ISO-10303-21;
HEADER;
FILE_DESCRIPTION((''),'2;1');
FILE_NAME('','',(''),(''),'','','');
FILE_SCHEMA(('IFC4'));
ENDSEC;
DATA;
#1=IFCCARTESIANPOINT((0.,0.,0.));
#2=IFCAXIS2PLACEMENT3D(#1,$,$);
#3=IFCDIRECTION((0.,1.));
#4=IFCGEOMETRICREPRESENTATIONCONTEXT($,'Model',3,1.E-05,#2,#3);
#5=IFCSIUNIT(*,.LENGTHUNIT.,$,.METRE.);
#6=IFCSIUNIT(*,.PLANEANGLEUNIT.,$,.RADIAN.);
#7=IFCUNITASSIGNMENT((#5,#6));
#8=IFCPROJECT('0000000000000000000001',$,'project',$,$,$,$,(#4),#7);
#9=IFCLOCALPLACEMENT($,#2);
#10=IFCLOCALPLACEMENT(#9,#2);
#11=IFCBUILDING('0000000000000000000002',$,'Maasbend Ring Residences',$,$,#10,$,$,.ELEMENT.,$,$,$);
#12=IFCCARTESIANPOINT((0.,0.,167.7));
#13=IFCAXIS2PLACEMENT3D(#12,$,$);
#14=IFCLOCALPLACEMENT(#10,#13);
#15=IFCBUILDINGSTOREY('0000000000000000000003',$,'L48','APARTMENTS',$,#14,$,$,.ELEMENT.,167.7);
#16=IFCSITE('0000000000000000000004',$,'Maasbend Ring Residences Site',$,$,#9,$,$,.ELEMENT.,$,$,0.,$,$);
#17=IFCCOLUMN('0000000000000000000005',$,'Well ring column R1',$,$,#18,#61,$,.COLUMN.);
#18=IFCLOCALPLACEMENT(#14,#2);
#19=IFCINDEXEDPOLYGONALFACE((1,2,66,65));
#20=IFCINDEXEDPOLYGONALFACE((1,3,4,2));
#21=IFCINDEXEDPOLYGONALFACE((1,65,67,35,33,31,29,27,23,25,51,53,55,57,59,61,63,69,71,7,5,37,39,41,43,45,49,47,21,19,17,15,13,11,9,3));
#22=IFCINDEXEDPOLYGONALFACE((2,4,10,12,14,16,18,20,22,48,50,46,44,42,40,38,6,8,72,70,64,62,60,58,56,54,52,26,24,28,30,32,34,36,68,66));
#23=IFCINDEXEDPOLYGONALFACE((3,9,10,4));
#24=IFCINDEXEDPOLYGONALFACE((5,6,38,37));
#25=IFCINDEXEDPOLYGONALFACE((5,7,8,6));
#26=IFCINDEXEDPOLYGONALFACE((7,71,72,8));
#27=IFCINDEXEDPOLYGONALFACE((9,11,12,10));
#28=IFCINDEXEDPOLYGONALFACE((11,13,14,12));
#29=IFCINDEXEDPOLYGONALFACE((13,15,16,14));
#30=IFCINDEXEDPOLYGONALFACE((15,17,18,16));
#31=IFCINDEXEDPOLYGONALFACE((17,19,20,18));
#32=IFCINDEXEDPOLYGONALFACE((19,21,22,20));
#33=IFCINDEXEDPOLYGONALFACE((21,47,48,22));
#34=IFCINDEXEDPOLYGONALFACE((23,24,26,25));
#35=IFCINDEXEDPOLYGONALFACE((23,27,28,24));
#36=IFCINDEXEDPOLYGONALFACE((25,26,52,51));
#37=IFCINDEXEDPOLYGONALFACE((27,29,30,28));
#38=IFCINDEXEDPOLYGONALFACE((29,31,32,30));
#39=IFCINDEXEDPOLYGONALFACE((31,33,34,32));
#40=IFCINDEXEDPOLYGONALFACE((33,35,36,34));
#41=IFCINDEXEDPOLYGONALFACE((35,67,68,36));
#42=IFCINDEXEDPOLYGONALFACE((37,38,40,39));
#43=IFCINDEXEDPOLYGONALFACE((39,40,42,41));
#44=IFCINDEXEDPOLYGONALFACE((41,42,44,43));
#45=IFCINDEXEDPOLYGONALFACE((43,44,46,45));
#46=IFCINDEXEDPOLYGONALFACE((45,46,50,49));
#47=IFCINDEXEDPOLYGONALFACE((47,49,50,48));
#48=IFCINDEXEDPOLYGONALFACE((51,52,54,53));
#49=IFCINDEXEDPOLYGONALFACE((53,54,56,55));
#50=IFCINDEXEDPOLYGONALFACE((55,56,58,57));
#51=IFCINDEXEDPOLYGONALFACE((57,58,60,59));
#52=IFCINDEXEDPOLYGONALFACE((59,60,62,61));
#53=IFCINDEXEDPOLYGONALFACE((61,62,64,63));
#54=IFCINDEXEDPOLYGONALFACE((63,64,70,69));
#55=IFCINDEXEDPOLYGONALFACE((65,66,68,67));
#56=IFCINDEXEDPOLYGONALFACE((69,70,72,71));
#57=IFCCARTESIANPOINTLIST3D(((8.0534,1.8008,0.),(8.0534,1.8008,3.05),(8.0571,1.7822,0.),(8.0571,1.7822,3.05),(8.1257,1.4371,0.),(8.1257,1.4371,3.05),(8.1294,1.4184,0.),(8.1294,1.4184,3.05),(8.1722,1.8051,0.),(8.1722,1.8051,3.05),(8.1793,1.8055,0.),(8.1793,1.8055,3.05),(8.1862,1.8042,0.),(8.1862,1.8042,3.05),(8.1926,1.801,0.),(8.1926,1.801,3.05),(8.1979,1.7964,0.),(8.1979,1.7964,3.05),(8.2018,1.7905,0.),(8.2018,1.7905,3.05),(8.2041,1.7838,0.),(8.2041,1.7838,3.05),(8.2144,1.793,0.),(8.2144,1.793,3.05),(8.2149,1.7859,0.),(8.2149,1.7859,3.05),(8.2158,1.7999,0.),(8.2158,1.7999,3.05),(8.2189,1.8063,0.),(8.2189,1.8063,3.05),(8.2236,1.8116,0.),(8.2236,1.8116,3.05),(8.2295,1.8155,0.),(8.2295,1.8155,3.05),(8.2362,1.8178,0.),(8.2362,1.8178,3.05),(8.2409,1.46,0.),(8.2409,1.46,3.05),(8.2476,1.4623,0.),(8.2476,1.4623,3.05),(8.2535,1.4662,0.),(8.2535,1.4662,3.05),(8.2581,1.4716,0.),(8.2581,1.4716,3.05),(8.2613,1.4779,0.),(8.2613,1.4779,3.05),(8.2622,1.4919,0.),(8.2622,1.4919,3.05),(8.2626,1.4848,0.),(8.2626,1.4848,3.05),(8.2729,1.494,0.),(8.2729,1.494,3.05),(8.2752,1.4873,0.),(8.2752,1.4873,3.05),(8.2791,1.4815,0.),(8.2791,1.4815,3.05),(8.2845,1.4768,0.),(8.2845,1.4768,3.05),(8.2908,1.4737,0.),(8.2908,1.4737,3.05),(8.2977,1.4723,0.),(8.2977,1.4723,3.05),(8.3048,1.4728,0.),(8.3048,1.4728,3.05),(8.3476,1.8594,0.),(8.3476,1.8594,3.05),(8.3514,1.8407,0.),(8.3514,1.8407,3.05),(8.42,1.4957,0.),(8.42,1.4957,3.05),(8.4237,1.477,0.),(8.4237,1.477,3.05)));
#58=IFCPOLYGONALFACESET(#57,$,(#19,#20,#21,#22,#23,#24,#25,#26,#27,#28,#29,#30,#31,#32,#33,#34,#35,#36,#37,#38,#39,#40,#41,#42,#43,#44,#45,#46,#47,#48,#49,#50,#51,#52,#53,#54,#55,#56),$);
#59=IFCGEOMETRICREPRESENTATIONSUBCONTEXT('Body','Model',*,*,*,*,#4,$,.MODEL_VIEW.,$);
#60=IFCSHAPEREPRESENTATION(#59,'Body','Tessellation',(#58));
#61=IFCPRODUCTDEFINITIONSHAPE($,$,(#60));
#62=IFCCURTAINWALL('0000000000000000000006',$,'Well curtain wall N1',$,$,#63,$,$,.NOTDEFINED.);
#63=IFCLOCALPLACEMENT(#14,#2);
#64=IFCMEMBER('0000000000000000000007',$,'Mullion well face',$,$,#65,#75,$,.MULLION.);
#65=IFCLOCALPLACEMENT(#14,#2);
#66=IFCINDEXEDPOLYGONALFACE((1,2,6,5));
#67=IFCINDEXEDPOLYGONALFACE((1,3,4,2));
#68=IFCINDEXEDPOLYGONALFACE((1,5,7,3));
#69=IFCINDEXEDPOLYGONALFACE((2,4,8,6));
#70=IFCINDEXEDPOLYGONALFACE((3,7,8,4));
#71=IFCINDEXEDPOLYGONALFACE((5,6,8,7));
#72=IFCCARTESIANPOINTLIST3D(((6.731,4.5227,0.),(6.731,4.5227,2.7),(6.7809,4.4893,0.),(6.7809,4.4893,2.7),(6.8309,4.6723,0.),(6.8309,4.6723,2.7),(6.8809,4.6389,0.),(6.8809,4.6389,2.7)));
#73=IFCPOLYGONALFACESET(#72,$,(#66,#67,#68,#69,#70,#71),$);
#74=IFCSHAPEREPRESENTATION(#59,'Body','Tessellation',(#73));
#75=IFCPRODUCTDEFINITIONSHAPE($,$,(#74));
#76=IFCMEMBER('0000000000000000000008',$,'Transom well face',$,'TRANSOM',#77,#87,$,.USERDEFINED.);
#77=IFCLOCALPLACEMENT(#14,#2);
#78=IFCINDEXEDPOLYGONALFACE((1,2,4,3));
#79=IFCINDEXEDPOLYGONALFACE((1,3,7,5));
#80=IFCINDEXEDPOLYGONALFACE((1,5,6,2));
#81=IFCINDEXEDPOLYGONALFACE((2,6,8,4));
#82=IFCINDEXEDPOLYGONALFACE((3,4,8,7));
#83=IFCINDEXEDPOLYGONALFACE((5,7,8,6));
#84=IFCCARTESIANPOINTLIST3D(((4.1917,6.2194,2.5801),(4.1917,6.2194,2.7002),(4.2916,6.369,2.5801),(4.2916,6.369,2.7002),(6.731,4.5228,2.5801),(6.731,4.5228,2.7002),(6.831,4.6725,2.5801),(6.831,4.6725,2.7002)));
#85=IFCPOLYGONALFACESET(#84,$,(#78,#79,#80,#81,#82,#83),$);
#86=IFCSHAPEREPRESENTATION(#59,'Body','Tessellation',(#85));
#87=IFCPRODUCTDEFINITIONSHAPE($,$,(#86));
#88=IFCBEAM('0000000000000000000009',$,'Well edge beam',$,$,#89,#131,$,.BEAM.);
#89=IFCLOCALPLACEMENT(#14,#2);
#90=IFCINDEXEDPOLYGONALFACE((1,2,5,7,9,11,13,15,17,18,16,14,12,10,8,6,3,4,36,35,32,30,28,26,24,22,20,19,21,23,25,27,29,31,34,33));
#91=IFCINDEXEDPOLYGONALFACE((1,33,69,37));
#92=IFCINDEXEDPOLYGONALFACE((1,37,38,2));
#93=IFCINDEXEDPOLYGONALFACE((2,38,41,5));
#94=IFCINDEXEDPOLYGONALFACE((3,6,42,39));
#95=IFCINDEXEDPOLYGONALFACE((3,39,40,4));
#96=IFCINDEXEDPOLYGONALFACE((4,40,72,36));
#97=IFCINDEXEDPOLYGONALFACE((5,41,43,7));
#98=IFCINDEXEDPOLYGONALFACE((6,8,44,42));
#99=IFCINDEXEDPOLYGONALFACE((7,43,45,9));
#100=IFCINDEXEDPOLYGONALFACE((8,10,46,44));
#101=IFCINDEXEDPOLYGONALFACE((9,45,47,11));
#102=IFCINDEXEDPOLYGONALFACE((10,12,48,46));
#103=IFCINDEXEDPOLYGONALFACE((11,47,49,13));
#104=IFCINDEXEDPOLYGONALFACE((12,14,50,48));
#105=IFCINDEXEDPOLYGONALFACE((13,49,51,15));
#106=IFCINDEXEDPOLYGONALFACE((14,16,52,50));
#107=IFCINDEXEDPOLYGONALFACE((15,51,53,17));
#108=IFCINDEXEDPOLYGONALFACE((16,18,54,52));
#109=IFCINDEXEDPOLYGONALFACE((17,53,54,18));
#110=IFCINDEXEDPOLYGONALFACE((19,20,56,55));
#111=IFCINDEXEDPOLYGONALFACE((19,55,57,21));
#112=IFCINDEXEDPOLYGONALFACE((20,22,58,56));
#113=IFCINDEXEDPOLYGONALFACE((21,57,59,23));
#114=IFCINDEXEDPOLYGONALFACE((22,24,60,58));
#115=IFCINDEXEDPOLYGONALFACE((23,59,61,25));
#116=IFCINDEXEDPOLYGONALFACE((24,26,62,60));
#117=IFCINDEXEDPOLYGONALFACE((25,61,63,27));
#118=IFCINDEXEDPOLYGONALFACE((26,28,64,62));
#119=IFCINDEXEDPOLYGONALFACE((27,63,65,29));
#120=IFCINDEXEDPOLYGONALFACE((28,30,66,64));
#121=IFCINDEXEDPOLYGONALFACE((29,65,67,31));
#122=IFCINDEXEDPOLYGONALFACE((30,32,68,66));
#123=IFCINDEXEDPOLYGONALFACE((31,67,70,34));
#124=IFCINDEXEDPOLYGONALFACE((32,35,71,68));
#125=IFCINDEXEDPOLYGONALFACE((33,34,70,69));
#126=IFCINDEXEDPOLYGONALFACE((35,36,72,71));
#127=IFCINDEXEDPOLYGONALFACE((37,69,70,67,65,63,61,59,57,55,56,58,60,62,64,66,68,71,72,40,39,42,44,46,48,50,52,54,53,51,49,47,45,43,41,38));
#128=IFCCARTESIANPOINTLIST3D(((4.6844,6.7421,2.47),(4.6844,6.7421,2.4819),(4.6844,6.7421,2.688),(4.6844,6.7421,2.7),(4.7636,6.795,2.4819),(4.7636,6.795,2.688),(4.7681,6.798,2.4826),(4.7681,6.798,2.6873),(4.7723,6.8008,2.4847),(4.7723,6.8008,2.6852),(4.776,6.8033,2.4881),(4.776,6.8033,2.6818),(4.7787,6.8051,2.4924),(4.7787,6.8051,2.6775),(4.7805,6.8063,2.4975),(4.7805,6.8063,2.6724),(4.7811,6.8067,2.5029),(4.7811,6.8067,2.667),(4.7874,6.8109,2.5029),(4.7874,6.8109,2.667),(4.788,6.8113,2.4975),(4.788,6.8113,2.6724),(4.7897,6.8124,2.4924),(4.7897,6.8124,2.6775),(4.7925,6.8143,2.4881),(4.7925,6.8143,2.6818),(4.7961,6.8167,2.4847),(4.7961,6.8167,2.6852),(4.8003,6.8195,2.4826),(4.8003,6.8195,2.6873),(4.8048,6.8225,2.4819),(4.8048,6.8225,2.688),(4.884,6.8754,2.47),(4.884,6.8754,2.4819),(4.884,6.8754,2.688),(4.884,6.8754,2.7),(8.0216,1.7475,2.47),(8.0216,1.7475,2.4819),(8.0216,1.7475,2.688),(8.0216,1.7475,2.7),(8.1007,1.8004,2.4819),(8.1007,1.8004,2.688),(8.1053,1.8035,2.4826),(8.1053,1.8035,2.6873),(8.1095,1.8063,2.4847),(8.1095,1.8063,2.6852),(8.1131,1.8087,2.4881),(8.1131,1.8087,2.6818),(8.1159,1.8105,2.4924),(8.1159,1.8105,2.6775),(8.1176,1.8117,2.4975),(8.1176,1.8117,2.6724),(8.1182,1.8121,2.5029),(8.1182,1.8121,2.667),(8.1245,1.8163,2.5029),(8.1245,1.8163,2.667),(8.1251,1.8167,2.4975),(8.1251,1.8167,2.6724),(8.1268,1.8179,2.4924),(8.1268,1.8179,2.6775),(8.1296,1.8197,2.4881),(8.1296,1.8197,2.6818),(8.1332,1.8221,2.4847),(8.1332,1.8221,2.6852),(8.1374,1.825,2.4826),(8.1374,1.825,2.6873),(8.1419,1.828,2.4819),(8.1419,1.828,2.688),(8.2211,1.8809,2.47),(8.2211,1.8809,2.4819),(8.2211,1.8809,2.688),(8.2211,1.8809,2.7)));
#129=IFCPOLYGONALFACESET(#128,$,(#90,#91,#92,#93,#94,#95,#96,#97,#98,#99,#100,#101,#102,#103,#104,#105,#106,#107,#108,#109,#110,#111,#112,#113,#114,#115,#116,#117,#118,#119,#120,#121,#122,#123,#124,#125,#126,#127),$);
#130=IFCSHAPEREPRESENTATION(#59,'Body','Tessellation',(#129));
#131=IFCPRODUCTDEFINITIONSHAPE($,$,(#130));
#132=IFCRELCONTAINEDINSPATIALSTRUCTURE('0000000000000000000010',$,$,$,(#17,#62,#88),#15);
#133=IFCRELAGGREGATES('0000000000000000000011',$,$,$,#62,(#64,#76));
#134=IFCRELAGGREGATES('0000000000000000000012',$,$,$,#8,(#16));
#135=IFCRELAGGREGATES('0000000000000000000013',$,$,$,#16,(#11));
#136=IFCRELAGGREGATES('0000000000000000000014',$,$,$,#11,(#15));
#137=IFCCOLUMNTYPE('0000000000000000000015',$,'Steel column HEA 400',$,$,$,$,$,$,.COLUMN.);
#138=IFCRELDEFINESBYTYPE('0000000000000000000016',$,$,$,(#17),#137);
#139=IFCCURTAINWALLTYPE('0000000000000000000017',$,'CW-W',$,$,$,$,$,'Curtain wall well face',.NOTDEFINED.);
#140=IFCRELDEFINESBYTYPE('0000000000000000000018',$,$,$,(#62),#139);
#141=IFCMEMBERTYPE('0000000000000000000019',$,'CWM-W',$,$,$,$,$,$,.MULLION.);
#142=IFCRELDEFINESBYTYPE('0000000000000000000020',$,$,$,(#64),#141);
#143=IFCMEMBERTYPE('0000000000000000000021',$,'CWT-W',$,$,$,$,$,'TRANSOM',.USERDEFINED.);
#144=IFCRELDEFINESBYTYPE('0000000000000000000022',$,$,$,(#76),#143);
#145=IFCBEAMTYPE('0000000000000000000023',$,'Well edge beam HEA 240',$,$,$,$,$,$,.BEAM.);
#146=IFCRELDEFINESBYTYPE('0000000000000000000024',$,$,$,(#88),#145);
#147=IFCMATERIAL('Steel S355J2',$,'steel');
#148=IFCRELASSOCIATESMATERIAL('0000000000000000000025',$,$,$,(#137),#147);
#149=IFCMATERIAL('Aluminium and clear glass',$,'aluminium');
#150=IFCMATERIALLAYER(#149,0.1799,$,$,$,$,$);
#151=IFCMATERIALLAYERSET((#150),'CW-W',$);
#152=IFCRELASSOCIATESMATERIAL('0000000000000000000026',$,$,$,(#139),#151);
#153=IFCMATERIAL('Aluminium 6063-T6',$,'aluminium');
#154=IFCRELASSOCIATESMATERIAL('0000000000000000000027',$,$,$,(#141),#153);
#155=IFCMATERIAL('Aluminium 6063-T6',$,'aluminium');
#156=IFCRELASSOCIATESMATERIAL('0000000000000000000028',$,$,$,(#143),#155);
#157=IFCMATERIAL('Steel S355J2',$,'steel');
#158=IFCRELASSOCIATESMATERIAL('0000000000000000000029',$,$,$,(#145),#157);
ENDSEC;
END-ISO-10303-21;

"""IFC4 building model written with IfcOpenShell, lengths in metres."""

from ifc_helpers import new_model, si_unit, direction, frame, origin, origin_2d, place, context, subcontext, project, spatial, rectangle, i_section, extrude, material, layer, layer_set, material_profile, profile_set, type_object, element, aggregate, save


model = new_model("IFC4")

# Units and contexts
model_context = context("Model", 3, precision=1e-05, world=origin(), true_north=direction((0.0, 1.0)))
body_context = subcontext(model_context, "Body", "Model", "MODEL_VIEW")
ifc_project = project(units=[si_unit("LENGTHUNIT", "METRE"), si_unit("PLANEANGLEUNIT", "RADIAN")], contexts=[model_context])

# Site, building, storey
site_placement = place(None, origin())
site = spatial("IfcSite", under=ifc_project, at=site_placement, Name="Maasbend Ring Residences Site", CompositionType="ELEMENT", RefElevation=0.0)
building_placement = place(site_placement, origin())
building = spatial("IfcBuilding", under=site, at=building_placement, Name="Maasbend Ring Residences", CompositionType="ELEMENT")
storey_placement = place(building_placement, frame((0.0, 0.0, 167.7)))
storey = spatial("IfcBuildingStorey", under=building, at=storey_placement, Name="L48", Description="APARTMENTS", CompositionType="ELEMENT", Elevation=167.7)

# Column
ifc_material_1 = material(Name="Steel S355J2", Category="steel")
ifc_material_profile_1 = material_profile(ifc_material_1, i_section(OverallWidth=0.3, OverallDepth=0.3899, WebThickness=0.011, FlangeThickness=0.019, FilletRadius=0.0271, at=origin_2d()), Name="HEA 400")
ifc_profile_set_1 = profile_set([ifc_material_profile_1], Name="Steel S355J2")
column_type = type_object("IfcColumnType", Name="Steel column HEA 400", PredefinedType="COLUMN", material=ifc_profile_set_1)
column_placement = place(storey_placement, frame((8.2385, 1.6389, 0.0), z_axis=(0.0, 0.0, 1.0), x_axis=(0.980785, 0.19509, 0.0)))
element("IfcColumn", 1, at=column_placement, inside=storey, type_object=column_type, Name="Well ring column R1", PredefinedType="COLUMN", context=body_context, shape_type="SweptSolid", body=[
    extrude(i_section(OverallWidth=0.3, OverallDepth=0.3899, WebThickness=0.011, FlangeThickness=0.019, FilletRadius=0.0271, at=origin_2d()), origin(), (0.0, 0.0, 1.0), 3.05),
])

# Curtain wall, members
ifc_material_2 = material(Name="Aluminium and clear glass", Category="aluminium")
ifc_layer_1 = layer(ifc_material_2, 0.1799)
ifc_layer_set_1 = layer_set([ifc_layer_1], Name="CW-W")
curtain_wall_type = type_object("IfcCurtainWallType", Name="CW-W", ElementType="Curtain wall well face", PredefinedType="NOTDEFINED", material=ifc_layer_set_1)
curtain_wall_placement = place(storey_placement, origin())
curtain_wall = element("IfcCurtainWall", 2, at=curtain_wall_placement, inside=storey, type_object=curtain_wall_type, Name="Well curtain wall N1", PredefinedType="NOTDEFINED")
ifc_material_3 = material(Name="Aluminium 6063-T6", Category="aluminium")
ifc_material_profile_2 = material_profile(ifc_material_3, rectangle(XDim=0.1799, YDim=0.0601, at=origin_2d()), Name="AL 180x60")
ifc_profile_set_2 = profile_set([ifc_material_profile_2], Name="Aluminium 6063-T6")
member_type_1 = type_object("IfcMemberType", Name="CWM-W", PredefinedType="MULLION", material=ifc_profile_set_2)
member_1_placement = place(storey_placement, frame((6.8059, 4.5808, 0.0), z_axis=(0.0, 0.0, 1.0), x_axis=(-0.55557, -0.83147, 0.0)))
member_1 = element("IfcMember", 3, at=member_1_placement, type_object=member_type_1, Name="Mullion well face", PredefinedType="MULLION", context=body_context, shape_type="SweptSolid", body=[
    extrude(rectangle(XDim=0.1799, YDim=0.0601, at=origin_2d()), origin(), (0.0, 0.0, 1.0), 2.7),
])
ifc_material_4 = material(Name="Aluminium 6063-T6", Category="aluminium")
ifc_material_profile_3 = material_profile(ifc_material_4, rectangle(XDim=0.1799, YDim=0.1201, at=origin_2d()), Name="AL 180x120")
ifc_profile_set_3 = profile_set([ifc_material_profile_3], Name="Aluminium 6063-T6")
member_type_2 = type_object("IfcMemberType", Name="CWT-W", ElementType="TRANSOM", PredefinedType="USERDEFINED", material=ifc_profile_set_3)
member_2_placement = place(storey_placement, frame((6.781, 4.5977, 2.6401), z_axis=(-0.831496, 0.55553, 0.0), x_axis=(-0.55553, -0.831496, 0.0)))
member_2 = element("IfcMember", 4, at=member_2_placement, type_object=member_type_2, Name="Transom well face", ObjectType="TRANSOM", PredefinedType="USERDEFINED", context=body_context, shape_type="SweptSolid", body=[
    extrude(rectangle(XDim=0.1799, YDim=0.1201, at=origin_2d()), origin(), (0.0, 0.0, 1.0), 3.054),
])
aggregate(curtain_wall, [member_1, member_2])

# Beam
ifc_material_5 = material(Name="Steel S355J2", Category="steel")
ifc_material_profile_4 = material_profile(ifc_material_5, i_section(OverallWidth=0.24, OverallDepth=0.23, WebThickness=0.0076, FlangeThickness=0.012, FilletRadius=0.021, at=origin_2d()), Name="HEA 240")
ifc_profile_set_4 = profile_set([ifc_material_profile_4], Name="Steel S355J2")
beam_type = type_object("IfcBeamType", Name="Well edge beam HEA 240", PredefinedType="BEAM", material=ifc_profile_set_4)
beam_placement = place(storey_placement, frame((8.1213, 1.8142, 2.585), z_axis=(-0.555553, 0.831481, 0.0), x_axis=(-0.831481, -0.555553, 0.0)))
element("IfcBeam", 5, at=beam_placement, inside=storey, type_object=beam_type, Name="Well edge beam", PredefinedType="BEAM", context=body_context, shape_type="SweptSolid", body=[
    extrude(i_section(OverallWidth=0.24, OverallDepth=0.23, WebThickness=0.0076, FlangeThickness=0.012, FilletRadius=0.021, at=origin_2d()), origin(), (0.0, 0.0, 1.0), 6.0068),
])

save(model, "model.ifc")
